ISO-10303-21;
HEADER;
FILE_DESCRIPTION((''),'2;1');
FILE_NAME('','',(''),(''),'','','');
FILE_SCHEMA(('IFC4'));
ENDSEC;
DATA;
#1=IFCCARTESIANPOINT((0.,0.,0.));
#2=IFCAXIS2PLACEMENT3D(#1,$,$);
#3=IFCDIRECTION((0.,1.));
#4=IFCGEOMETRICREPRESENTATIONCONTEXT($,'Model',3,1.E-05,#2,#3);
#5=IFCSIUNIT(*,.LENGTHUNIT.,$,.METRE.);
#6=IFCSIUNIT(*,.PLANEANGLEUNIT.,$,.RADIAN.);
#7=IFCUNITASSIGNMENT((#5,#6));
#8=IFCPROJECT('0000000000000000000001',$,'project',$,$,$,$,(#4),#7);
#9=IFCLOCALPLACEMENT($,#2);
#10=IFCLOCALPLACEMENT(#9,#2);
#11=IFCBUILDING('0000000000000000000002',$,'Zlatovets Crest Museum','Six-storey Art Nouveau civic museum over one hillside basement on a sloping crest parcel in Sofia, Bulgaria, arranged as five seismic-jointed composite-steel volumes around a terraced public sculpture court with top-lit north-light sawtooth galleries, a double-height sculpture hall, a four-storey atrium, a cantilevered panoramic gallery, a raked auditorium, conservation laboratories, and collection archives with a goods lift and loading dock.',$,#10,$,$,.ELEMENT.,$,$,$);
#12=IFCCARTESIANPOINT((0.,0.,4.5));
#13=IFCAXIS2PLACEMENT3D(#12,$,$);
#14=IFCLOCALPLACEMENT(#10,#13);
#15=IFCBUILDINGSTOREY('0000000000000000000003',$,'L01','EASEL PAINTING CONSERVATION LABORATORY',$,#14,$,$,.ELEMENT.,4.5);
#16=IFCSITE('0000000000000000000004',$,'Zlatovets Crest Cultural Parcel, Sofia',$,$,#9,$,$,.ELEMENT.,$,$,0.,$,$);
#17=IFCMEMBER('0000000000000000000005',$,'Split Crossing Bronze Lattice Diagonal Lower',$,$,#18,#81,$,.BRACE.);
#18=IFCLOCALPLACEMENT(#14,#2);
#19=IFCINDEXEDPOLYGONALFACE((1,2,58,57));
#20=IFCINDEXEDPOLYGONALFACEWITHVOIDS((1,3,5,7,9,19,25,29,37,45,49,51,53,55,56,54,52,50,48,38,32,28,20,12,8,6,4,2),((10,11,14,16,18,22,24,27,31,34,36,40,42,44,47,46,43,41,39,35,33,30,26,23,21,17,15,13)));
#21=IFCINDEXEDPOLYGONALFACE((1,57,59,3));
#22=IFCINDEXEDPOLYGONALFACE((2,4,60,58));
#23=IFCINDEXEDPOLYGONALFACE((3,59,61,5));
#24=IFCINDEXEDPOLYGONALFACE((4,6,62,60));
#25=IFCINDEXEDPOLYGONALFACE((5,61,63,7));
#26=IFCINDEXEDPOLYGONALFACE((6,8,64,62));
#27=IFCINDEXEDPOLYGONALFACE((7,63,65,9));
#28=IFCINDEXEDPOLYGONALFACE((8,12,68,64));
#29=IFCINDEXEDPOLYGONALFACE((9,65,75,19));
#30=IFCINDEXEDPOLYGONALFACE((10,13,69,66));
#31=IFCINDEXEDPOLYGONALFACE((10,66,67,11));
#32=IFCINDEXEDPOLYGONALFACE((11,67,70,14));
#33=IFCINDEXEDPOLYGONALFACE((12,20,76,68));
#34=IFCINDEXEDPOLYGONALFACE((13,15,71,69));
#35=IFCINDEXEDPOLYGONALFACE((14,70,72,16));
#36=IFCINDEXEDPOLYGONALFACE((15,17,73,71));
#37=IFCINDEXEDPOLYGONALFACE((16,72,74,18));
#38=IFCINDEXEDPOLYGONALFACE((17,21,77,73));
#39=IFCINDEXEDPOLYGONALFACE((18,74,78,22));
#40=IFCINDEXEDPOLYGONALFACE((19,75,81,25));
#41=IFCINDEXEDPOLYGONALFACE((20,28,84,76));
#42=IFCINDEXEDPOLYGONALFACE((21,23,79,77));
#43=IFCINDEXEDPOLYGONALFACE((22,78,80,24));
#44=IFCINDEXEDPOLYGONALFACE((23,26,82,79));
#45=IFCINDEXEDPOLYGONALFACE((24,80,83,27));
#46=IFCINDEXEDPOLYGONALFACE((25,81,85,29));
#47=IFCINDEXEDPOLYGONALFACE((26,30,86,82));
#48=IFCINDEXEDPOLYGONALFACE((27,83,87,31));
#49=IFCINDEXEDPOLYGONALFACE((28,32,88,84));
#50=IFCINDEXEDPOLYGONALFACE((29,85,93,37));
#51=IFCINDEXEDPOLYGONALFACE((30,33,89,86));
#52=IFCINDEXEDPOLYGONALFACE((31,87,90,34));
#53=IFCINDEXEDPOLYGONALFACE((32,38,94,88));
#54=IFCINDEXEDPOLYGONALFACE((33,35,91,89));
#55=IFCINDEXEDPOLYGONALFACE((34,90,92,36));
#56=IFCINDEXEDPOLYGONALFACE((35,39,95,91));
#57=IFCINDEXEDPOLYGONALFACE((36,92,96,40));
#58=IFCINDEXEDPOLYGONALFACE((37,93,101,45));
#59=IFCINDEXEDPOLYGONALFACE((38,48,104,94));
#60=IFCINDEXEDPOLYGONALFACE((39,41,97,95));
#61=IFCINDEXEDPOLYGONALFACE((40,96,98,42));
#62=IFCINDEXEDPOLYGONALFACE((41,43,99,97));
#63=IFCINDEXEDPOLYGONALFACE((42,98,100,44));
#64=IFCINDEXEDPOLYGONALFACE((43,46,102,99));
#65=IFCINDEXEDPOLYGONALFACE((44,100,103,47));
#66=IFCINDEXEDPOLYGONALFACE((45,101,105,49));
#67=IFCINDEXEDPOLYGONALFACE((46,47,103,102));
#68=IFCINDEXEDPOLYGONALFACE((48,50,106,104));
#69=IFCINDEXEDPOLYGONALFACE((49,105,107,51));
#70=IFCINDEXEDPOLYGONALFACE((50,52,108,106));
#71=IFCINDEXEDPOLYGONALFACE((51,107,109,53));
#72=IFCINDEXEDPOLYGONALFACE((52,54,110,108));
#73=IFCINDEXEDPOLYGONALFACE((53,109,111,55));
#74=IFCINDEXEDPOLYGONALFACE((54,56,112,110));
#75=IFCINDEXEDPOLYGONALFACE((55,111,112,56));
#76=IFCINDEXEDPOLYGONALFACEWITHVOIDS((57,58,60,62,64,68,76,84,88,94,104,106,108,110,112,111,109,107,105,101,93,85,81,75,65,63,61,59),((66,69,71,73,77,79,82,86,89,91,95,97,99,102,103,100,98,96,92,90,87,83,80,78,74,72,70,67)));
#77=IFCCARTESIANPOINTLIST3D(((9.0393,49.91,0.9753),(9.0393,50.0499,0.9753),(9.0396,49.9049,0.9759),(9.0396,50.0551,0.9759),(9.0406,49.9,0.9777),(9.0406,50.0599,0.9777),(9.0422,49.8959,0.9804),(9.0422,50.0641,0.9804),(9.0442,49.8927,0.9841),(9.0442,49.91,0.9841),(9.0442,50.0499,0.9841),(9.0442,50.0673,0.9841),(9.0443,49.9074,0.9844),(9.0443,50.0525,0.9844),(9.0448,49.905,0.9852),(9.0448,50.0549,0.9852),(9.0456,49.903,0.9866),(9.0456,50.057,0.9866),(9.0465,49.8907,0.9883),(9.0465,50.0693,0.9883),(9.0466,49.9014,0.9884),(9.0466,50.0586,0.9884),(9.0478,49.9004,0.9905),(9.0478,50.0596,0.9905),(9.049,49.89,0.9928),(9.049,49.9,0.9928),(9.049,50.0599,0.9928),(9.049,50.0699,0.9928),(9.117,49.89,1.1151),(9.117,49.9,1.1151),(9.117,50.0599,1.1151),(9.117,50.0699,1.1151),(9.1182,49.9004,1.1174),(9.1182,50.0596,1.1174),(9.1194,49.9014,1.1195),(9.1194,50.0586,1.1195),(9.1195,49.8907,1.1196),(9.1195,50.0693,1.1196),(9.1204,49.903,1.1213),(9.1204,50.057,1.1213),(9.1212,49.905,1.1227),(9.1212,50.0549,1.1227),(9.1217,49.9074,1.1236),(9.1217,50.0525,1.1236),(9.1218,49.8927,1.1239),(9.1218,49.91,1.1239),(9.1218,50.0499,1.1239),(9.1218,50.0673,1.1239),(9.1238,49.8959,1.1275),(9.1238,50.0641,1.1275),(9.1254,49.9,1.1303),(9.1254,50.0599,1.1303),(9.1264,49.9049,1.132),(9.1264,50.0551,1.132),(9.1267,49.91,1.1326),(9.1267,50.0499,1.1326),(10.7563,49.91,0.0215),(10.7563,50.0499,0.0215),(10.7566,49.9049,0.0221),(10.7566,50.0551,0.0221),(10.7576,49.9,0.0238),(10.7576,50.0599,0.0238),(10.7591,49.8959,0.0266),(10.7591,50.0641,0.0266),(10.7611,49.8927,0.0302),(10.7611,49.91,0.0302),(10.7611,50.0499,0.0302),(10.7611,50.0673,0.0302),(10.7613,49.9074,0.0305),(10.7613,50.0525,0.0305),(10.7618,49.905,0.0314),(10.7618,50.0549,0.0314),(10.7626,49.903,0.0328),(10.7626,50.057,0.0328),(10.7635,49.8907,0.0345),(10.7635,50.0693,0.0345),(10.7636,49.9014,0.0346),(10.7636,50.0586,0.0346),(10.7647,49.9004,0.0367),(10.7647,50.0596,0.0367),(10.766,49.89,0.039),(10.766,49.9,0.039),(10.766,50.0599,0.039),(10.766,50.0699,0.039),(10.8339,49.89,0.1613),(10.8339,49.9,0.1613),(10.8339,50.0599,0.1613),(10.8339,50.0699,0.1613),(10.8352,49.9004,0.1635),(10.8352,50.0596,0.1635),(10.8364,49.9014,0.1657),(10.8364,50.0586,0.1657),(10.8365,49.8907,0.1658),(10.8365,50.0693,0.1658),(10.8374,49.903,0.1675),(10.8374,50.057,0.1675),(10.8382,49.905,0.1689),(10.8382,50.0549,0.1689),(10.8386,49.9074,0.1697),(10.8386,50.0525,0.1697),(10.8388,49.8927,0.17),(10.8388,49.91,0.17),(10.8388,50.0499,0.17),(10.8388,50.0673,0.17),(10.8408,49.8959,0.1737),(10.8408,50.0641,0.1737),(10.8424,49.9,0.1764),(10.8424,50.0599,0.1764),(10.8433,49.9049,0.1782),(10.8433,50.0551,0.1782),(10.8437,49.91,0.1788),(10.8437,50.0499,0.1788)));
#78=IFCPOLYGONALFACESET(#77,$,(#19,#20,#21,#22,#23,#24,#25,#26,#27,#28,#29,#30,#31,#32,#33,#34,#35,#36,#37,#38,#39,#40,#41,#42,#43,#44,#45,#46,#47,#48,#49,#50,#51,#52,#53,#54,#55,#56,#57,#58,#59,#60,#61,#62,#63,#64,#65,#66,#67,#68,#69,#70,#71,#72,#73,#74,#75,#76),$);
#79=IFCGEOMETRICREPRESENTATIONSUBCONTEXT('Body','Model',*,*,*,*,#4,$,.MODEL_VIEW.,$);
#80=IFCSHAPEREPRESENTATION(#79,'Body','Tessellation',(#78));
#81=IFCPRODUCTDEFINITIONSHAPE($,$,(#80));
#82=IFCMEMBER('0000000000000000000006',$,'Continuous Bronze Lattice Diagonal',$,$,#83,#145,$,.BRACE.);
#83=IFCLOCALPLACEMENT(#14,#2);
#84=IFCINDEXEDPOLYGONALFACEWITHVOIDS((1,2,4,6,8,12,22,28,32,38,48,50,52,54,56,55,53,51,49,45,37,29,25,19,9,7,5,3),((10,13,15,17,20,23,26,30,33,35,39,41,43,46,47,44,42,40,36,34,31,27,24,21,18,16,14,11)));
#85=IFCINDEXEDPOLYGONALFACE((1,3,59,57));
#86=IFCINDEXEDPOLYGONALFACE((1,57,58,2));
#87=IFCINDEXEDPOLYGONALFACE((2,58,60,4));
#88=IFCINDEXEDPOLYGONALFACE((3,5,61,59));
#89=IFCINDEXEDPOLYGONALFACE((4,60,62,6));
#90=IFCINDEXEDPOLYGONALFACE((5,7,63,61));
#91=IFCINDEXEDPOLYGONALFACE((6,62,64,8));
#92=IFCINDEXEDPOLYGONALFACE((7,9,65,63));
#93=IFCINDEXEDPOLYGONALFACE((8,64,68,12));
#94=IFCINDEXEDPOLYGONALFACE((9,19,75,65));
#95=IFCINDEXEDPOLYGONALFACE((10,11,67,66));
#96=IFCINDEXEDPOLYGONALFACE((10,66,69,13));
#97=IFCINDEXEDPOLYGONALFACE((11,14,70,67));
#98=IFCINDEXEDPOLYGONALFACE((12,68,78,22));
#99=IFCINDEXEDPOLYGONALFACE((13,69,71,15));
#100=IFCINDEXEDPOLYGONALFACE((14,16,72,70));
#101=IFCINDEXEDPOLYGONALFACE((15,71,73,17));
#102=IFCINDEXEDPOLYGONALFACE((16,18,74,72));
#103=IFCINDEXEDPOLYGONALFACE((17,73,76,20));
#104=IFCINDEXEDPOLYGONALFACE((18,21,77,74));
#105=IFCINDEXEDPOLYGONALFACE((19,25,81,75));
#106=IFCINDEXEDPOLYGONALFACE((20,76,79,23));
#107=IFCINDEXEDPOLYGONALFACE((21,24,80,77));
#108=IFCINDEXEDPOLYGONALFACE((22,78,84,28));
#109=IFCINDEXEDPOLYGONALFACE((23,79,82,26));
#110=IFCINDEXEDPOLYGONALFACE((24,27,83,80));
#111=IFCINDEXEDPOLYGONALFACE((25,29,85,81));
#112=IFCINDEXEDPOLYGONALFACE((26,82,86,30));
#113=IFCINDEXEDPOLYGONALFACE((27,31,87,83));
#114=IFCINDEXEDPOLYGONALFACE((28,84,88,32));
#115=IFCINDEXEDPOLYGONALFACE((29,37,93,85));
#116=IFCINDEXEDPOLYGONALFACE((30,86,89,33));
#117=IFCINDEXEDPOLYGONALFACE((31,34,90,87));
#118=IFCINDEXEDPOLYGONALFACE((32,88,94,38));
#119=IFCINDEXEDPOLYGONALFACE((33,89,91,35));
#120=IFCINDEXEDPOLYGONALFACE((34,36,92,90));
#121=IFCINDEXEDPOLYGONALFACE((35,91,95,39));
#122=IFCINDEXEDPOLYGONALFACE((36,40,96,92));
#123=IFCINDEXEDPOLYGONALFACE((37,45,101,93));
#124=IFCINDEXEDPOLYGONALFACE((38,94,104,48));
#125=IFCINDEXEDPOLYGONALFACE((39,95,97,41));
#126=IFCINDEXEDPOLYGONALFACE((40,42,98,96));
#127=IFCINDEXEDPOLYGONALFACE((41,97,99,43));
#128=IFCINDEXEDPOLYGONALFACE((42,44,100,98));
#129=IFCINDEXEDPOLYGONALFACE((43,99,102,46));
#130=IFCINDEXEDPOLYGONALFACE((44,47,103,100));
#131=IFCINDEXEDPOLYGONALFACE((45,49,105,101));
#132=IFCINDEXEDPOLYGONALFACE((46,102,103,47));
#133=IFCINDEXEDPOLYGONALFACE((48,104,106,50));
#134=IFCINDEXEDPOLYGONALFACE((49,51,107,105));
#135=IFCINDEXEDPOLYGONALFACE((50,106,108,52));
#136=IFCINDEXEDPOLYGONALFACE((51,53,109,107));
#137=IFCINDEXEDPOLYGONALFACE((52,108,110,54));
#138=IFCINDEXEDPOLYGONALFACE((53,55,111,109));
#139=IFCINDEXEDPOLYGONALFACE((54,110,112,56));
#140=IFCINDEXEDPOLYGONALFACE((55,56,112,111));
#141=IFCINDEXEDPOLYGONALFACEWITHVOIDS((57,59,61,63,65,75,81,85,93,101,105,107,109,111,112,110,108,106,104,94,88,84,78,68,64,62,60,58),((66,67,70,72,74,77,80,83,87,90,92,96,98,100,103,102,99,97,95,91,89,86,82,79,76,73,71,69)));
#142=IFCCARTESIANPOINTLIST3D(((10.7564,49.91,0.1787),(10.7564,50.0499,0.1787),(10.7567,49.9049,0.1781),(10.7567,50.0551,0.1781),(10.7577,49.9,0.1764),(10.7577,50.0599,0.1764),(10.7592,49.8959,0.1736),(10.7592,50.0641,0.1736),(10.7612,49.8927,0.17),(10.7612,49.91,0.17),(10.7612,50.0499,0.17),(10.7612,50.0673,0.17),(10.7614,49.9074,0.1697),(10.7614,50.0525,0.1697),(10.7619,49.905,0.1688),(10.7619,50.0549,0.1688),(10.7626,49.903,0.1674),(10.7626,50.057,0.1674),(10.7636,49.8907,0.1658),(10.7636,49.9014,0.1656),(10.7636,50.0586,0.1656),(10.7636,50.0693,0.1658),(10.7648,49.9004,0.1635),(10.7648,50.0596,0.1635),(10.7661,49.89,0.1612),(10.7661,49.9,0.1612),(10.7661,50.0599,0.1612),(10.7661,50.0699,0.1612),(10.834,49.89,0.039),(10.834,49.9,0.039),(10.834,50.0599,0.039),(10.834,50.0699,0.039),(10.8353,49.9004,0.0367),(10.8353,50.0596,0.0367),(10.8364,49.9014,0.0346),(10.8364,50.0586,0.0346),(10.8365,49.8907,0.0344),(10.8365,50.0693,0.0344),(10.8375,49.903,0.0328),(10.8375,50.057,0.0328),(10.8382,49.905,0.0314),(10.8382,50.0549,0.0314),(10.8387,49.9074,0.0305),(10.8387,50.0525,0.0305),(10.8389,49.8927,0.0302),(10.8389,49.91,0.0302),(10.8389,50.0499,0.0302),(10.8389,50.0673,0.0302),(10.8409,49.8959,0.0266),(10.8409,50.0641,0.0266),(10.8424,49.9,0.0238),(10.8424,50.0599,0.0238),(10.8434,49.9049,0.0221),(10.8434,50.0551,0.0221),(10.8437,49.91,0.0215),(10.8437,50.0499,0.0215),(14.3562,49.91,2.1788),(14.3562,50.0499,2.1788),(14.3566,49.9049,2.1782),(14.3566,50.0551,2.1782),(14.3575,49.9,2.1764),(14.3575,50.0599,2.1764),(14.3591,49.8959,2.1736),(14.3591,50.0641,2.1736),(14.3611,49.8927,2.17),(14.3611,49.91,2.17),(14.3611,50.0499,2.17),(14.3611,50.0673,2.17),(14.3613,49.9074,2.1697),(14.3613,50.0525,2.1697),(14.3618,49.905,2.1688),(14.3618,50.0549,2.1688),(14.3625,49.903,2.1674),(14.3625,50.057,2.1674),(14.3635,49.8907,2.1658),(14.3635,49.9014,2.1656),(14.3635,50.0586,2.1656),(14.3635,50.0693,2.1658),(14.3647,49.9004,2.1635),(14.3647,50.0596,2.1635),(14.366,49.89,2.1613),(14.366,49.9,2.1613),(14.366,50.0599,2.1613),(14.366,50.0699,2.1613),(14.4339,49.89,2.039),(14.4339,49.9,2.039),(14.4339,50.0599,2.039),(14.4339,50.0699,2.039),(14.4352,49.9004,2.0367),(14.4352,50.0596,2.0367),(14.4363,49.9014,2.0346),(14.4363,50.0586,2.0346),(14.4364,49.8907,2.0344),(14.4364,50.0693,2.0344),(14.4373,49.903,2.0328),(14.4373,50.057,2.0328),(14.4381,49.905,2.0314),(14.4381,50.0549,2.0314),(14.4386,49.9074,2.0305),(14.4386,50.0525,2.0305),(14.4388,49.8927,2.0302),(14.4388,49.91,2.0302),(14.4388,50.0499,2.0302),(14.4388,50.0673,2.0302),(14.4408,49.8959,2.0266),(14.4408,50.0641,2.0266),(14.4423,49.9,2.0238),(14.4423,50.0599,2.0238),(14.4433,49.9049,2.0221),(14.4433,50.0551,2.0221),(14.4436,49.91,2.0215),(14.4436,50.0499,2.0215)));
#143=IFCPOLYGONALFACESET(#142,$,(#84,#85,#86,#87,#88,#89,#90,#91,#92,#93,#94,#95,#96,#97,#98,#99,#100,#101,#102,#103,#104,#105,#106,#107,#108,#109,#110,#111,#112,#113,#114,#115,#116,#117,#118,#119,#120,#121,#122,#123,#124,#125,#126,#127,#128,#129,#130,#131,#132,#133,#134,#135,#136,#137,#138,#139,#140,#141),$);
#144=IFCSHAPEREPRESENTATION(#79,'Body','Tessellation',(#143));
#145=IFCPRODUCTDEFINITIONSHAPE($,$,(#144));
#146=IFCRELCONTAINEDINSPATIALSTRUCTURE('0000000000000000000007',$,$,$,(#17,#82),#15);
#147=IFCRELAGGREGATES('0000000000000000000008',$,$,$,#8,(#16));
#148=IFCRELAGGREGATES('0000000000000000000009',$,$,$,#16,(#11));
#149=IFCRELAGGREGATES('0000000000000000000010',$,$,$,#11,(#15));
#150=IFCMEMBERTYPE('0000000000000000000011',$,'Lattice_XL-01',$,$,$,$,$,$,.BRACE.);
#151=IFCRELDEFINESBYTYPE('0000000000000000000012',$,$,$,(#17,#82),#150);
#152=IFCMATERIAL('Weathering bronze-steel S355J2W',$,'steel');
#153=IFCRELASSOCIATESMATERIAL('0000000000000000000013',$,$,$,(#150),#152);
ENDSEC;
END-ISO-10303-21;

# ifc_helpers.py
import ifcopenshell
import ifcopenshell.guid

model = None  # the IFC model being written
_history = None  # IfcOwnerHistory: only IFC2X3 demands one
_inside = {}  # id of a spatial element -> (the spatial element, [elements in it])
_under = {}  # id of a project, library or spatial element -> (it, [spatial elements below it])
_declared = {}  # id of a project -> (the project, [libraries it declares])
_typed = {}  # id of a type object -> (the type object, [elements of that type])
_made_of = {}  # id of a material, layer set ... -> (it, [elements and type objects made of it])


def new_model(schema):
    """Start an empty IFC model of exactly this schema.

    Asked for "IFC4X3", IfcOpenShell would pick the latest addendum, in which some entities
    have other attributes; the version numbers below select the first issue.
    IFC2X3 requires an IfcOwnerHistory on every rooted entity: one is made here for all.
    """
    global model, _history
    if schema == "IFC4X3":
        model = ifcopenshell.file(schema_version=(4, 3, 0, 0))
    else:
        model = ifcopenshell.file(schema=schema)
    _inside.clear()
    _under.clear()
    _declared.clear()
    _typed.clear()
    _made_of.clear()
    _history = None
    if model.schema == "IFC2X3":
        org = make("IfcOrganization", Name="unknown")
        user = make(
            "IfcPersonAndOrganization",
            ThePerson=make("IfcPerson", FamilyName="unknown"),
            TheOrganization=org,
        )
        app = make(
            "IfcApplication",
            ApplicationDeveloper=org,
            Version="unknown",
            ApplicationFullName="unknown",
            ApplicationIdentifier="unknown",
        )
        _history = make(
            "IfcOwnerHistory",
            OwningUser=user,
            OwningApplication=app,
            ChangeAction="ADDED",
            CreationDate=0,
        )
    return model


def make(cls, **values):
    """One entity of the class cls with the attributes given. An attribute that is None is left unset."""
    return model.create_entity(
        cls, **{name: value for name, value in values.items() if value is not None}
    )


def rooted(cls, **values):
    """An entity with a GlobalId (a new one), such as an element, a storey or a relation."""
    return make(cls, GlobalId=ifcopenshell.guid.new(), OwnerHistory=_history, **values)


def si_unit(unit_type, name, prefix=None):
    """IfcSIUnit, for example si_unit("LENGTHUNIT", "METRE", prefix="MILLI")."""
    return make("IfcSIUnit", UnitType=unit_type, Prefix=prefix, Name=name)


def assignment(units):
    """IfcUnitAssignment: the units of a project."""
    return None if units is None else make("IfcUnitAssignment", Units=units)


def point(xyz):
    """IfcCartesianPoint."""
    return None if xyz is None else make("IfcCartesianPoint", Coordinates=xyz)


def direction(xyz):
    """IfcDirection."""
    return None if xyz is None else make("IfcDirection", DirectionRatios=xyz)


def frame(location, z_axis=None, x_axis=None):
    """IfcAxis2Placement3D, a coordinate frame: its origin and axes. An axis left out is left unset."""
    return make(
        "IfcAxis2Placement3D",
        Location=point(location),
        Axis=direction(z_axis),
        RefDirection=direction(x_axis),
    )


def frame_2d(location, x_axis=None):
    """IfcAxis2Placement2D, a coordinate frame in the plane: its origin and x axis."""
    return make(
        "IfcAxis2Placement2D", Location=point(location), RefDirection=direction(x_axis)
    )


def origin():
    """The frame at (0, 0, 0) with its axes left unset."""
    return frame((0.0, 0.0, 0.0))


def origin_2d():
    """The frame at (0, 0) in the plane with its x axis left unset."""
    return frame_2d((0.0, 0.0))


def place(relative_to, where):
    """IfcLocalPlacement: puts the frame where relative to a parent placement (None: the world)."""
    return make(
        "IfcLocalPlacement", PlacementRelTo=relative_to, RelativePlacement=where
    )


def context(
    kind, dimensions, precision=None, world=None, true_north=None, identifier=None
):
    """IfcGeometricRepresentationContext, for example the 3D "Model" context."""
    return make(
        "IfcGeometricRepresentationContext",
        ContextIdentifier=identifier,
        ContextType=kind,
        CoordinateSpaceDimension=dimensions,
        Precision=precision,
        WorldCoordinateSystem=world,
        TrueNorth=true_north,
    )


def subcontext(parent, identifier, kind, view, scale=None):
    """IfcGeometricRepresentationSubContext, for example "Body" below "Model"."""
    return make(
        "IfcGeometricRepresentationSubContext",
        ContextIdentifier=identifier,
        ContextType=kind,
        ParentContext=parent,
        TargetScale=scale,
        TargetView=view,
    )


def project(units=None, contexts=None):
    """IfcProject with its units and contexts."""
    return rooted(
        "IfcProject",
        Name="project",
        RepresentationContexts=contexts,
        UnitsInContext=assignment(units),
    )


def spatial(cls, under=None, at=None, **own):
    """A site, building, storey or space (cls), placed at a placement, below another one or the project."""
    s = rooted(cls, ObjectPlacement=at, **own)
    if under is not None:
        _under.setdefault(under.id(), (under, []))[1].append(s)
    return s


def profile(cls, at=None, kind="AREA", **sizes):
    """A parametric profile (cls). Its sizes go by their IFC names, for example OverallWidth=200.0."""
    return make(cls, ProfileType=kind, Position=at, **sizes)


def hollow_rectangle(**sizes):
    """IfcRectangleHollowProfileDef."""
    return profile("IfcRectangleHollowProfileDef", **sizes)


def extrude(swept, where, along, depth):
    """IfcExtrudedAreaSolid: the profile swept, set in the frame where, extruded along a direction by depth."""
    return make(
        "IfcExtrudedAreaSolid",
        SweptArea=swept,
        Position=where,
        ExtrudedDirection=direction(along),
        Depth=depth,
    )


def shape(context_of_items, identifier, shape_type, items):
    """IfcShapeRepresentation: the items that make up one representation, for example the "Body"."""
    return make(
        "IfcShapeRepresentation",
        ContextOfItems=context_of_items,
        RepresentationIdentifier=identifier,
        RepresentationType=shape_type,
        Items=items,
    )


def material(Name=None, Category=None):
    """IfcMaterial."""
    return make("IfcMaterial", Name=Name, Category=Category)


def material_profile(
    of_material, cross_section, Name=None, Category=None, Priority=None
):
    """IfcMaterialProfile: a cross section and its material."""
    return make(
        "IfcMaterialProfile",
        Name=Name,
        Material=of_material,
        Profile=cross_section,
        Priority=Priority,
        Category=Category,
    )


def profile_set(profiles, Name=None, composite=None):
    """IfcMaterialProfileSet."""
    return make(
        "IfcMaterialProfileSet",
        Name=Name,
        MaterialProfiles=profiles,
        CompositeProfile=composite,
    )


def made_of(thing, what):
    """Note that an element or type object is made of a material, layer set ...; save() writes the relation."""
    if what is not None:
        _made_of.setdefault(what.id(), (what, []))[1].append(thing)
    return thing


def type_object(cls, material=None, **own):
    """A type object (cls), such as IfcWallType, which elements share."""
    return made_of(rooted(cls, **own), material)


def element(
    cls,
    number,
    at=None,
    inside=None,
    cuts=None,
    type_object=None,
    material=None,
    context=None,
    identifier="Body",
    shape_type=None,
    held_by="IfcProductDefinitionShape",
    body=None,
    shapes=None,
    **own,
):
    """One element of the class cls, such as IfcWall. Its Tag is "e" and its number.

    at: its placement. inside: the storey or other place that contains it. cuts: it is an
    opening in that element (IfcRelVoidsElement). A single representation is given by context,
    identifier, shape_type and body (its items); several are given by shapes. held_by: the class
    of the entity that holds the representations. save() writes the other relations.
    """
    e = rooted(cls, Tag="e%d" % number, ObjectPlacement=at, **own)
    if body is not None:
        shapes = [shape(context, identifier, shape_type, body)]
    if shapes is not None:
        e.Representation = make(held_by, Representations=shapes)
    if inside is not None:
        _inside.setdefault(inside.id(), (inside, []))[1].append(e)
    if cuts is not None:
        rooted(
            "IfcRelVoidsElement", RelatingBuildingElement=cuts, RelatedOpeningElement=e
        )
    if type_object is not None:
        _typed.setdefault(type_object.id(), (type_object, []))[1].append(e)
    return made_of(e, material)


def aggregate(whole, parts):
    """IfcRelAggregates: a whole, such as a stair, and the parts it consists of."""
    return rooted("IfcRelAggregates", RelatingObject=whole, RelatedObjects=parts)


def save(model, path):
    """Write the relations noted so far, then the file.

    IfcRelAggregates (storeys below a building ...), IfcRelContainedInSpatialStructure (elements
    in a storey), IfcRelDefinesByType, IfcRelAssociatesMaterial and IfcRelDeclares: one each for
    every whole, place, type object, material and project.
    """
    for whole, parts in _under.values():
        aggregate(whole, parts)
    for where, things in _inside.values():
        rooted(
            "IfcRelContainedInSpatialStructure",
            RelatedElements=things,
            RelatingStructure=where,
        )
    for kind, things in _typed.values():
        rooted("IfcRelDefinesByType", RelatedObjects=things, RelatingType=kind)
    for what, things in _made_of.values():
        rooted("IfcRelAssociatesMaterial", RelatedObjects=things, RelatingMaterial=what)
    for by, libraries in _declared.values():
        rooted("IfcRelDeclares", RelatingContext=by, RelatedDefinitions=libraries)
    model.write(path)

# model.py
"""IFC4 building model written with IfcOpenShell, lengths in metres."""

from ifc_helpers import new_model, si_unit, direction, frame, origin, origin_2d, place, context, subcontext, project, spatial, hollow_rectangle, extrude, material, material_profile, profile_set, type_object, element, save


model = new_model("IFC4")

# Units and contexts
model_context = context("Model", 3, precision=1e-05, world=origin(), true_north=direction((0.0, 1.0)))
body_context = subcontext(model_context, "Body", "Model", "MODEL_VIEW")
ifc_project = project(units=[si_unit("LENGTHUNIT", "METRE"), si_unit("PLANEANGLEUNIT", "RADIAN")], contexts=[model_context])

# Site, building, storey
site_placement = place(None, origin())
site = spatial("IfcSite", under=ifc_project, at=site_placement, Name="Zlatovets Crest Cultural Parcel, Sofia", CompositionType="ELEMENT", RefElevation=0.0)
building_placement = place(site_placement, origin())
building = spatial("IfcBuilding", under=site, at=building_placement, Name="Zlatovets Crest Museum", Description="Six-storey Art Nouveau civic museum over one hillside basement on a sloping crest parcel in Sofia, Bulgaria, arranged as five seismic-jointed composite-steel volumes around a terraced public sculpture court with top-lit north-light sawtooth galleries, a double-height sculpture hall, a four-storey atrium, a cantilevered panoramic gallery, a raked auditorium, conservation laboratories, and collection archives with a goods lift and loading dock.", CompositionType="ELEMENT")
storey_placement = place(building_placement, frame((0.0, 0.0, 4.5)))
storey = spatial("IfcBuildingStorey", under=building, at=storey_placement, Name="L01", Description="EASEL PAINTING CONSERVATION LABORATORY", CompositionType="ELEMENT", Elevation=4.5)

# Members
ifc_material_1 = material(Name="Weathering bronze-steel S355J2W", Category="steel")
ifc_material_profile_1 = material_profile(ifc_material_1, hollow_rectangle(XDim=0.1799, YDim=0.1799, WallThickness=0.01, InnerFilletRadius=0.01, OuterFilletRadius=0.02, at=origin_2d()), Name="SHS 180x180x10.0")
ifc_profile_set_1 = profile_set([ifc_material_profile_1], Name="Weathering bronze-steel S355J2W")
member_type_1 = type_object("IfcMemberType", Name="Lattice_XL-01", PredefinedType="BRACE", material=ifc_profile_set_1)
member_1_placement = place(storey_placement, frame((9.083, 49.98, 1.054), z_axis=(0.874169, 0.0, -0.485622), x_axis=(0.0, 1.0, 0.0)))
element("IfcMember", 1, at=member_1_placement, inside=storey, type_object=member_type_1, Name="Split Crossing Bronze Lattice Diagonal Lower", PredefinedType="BRACE", context=body_context, shape_type="SweptSolid", body=[
    extrude(hollow_rectangle(XDim=0.1799, YDim=0.1799, WallThickness=0.01, InnerFilletRadius=0.01, OuterFilletRadius=0.02, at=origin_2d()), origin(), (0.0, 0.0, 1.0), 1.9641),
])
member_2_placement = place(storey_placement, frame((10.8, 49.98, 0.1001), z_axis=(0.874149, 0.0, 0.485658), x_axis=(0.0, 1.0, 0.0)))
element("IfcMember", 2, at=member_2_placement, inside=storey, type_object=member_type_1, Name="Continuous Bronze Lattice Diagonal", PredefinedType="BRACE", context=body_context, shape_type="SweptSolid", body=[
    extrude(hollow_rectangle(XDim=0.1799, YDim=0.1799, WallThickness=0.01, InnerFilletRadius=0.01, OuterFilletRadius=0.02, at=origin_2d()), origin(), (0.0, 0.0, 1.0), 4.1182),
])

save(model, "model.ifc")
